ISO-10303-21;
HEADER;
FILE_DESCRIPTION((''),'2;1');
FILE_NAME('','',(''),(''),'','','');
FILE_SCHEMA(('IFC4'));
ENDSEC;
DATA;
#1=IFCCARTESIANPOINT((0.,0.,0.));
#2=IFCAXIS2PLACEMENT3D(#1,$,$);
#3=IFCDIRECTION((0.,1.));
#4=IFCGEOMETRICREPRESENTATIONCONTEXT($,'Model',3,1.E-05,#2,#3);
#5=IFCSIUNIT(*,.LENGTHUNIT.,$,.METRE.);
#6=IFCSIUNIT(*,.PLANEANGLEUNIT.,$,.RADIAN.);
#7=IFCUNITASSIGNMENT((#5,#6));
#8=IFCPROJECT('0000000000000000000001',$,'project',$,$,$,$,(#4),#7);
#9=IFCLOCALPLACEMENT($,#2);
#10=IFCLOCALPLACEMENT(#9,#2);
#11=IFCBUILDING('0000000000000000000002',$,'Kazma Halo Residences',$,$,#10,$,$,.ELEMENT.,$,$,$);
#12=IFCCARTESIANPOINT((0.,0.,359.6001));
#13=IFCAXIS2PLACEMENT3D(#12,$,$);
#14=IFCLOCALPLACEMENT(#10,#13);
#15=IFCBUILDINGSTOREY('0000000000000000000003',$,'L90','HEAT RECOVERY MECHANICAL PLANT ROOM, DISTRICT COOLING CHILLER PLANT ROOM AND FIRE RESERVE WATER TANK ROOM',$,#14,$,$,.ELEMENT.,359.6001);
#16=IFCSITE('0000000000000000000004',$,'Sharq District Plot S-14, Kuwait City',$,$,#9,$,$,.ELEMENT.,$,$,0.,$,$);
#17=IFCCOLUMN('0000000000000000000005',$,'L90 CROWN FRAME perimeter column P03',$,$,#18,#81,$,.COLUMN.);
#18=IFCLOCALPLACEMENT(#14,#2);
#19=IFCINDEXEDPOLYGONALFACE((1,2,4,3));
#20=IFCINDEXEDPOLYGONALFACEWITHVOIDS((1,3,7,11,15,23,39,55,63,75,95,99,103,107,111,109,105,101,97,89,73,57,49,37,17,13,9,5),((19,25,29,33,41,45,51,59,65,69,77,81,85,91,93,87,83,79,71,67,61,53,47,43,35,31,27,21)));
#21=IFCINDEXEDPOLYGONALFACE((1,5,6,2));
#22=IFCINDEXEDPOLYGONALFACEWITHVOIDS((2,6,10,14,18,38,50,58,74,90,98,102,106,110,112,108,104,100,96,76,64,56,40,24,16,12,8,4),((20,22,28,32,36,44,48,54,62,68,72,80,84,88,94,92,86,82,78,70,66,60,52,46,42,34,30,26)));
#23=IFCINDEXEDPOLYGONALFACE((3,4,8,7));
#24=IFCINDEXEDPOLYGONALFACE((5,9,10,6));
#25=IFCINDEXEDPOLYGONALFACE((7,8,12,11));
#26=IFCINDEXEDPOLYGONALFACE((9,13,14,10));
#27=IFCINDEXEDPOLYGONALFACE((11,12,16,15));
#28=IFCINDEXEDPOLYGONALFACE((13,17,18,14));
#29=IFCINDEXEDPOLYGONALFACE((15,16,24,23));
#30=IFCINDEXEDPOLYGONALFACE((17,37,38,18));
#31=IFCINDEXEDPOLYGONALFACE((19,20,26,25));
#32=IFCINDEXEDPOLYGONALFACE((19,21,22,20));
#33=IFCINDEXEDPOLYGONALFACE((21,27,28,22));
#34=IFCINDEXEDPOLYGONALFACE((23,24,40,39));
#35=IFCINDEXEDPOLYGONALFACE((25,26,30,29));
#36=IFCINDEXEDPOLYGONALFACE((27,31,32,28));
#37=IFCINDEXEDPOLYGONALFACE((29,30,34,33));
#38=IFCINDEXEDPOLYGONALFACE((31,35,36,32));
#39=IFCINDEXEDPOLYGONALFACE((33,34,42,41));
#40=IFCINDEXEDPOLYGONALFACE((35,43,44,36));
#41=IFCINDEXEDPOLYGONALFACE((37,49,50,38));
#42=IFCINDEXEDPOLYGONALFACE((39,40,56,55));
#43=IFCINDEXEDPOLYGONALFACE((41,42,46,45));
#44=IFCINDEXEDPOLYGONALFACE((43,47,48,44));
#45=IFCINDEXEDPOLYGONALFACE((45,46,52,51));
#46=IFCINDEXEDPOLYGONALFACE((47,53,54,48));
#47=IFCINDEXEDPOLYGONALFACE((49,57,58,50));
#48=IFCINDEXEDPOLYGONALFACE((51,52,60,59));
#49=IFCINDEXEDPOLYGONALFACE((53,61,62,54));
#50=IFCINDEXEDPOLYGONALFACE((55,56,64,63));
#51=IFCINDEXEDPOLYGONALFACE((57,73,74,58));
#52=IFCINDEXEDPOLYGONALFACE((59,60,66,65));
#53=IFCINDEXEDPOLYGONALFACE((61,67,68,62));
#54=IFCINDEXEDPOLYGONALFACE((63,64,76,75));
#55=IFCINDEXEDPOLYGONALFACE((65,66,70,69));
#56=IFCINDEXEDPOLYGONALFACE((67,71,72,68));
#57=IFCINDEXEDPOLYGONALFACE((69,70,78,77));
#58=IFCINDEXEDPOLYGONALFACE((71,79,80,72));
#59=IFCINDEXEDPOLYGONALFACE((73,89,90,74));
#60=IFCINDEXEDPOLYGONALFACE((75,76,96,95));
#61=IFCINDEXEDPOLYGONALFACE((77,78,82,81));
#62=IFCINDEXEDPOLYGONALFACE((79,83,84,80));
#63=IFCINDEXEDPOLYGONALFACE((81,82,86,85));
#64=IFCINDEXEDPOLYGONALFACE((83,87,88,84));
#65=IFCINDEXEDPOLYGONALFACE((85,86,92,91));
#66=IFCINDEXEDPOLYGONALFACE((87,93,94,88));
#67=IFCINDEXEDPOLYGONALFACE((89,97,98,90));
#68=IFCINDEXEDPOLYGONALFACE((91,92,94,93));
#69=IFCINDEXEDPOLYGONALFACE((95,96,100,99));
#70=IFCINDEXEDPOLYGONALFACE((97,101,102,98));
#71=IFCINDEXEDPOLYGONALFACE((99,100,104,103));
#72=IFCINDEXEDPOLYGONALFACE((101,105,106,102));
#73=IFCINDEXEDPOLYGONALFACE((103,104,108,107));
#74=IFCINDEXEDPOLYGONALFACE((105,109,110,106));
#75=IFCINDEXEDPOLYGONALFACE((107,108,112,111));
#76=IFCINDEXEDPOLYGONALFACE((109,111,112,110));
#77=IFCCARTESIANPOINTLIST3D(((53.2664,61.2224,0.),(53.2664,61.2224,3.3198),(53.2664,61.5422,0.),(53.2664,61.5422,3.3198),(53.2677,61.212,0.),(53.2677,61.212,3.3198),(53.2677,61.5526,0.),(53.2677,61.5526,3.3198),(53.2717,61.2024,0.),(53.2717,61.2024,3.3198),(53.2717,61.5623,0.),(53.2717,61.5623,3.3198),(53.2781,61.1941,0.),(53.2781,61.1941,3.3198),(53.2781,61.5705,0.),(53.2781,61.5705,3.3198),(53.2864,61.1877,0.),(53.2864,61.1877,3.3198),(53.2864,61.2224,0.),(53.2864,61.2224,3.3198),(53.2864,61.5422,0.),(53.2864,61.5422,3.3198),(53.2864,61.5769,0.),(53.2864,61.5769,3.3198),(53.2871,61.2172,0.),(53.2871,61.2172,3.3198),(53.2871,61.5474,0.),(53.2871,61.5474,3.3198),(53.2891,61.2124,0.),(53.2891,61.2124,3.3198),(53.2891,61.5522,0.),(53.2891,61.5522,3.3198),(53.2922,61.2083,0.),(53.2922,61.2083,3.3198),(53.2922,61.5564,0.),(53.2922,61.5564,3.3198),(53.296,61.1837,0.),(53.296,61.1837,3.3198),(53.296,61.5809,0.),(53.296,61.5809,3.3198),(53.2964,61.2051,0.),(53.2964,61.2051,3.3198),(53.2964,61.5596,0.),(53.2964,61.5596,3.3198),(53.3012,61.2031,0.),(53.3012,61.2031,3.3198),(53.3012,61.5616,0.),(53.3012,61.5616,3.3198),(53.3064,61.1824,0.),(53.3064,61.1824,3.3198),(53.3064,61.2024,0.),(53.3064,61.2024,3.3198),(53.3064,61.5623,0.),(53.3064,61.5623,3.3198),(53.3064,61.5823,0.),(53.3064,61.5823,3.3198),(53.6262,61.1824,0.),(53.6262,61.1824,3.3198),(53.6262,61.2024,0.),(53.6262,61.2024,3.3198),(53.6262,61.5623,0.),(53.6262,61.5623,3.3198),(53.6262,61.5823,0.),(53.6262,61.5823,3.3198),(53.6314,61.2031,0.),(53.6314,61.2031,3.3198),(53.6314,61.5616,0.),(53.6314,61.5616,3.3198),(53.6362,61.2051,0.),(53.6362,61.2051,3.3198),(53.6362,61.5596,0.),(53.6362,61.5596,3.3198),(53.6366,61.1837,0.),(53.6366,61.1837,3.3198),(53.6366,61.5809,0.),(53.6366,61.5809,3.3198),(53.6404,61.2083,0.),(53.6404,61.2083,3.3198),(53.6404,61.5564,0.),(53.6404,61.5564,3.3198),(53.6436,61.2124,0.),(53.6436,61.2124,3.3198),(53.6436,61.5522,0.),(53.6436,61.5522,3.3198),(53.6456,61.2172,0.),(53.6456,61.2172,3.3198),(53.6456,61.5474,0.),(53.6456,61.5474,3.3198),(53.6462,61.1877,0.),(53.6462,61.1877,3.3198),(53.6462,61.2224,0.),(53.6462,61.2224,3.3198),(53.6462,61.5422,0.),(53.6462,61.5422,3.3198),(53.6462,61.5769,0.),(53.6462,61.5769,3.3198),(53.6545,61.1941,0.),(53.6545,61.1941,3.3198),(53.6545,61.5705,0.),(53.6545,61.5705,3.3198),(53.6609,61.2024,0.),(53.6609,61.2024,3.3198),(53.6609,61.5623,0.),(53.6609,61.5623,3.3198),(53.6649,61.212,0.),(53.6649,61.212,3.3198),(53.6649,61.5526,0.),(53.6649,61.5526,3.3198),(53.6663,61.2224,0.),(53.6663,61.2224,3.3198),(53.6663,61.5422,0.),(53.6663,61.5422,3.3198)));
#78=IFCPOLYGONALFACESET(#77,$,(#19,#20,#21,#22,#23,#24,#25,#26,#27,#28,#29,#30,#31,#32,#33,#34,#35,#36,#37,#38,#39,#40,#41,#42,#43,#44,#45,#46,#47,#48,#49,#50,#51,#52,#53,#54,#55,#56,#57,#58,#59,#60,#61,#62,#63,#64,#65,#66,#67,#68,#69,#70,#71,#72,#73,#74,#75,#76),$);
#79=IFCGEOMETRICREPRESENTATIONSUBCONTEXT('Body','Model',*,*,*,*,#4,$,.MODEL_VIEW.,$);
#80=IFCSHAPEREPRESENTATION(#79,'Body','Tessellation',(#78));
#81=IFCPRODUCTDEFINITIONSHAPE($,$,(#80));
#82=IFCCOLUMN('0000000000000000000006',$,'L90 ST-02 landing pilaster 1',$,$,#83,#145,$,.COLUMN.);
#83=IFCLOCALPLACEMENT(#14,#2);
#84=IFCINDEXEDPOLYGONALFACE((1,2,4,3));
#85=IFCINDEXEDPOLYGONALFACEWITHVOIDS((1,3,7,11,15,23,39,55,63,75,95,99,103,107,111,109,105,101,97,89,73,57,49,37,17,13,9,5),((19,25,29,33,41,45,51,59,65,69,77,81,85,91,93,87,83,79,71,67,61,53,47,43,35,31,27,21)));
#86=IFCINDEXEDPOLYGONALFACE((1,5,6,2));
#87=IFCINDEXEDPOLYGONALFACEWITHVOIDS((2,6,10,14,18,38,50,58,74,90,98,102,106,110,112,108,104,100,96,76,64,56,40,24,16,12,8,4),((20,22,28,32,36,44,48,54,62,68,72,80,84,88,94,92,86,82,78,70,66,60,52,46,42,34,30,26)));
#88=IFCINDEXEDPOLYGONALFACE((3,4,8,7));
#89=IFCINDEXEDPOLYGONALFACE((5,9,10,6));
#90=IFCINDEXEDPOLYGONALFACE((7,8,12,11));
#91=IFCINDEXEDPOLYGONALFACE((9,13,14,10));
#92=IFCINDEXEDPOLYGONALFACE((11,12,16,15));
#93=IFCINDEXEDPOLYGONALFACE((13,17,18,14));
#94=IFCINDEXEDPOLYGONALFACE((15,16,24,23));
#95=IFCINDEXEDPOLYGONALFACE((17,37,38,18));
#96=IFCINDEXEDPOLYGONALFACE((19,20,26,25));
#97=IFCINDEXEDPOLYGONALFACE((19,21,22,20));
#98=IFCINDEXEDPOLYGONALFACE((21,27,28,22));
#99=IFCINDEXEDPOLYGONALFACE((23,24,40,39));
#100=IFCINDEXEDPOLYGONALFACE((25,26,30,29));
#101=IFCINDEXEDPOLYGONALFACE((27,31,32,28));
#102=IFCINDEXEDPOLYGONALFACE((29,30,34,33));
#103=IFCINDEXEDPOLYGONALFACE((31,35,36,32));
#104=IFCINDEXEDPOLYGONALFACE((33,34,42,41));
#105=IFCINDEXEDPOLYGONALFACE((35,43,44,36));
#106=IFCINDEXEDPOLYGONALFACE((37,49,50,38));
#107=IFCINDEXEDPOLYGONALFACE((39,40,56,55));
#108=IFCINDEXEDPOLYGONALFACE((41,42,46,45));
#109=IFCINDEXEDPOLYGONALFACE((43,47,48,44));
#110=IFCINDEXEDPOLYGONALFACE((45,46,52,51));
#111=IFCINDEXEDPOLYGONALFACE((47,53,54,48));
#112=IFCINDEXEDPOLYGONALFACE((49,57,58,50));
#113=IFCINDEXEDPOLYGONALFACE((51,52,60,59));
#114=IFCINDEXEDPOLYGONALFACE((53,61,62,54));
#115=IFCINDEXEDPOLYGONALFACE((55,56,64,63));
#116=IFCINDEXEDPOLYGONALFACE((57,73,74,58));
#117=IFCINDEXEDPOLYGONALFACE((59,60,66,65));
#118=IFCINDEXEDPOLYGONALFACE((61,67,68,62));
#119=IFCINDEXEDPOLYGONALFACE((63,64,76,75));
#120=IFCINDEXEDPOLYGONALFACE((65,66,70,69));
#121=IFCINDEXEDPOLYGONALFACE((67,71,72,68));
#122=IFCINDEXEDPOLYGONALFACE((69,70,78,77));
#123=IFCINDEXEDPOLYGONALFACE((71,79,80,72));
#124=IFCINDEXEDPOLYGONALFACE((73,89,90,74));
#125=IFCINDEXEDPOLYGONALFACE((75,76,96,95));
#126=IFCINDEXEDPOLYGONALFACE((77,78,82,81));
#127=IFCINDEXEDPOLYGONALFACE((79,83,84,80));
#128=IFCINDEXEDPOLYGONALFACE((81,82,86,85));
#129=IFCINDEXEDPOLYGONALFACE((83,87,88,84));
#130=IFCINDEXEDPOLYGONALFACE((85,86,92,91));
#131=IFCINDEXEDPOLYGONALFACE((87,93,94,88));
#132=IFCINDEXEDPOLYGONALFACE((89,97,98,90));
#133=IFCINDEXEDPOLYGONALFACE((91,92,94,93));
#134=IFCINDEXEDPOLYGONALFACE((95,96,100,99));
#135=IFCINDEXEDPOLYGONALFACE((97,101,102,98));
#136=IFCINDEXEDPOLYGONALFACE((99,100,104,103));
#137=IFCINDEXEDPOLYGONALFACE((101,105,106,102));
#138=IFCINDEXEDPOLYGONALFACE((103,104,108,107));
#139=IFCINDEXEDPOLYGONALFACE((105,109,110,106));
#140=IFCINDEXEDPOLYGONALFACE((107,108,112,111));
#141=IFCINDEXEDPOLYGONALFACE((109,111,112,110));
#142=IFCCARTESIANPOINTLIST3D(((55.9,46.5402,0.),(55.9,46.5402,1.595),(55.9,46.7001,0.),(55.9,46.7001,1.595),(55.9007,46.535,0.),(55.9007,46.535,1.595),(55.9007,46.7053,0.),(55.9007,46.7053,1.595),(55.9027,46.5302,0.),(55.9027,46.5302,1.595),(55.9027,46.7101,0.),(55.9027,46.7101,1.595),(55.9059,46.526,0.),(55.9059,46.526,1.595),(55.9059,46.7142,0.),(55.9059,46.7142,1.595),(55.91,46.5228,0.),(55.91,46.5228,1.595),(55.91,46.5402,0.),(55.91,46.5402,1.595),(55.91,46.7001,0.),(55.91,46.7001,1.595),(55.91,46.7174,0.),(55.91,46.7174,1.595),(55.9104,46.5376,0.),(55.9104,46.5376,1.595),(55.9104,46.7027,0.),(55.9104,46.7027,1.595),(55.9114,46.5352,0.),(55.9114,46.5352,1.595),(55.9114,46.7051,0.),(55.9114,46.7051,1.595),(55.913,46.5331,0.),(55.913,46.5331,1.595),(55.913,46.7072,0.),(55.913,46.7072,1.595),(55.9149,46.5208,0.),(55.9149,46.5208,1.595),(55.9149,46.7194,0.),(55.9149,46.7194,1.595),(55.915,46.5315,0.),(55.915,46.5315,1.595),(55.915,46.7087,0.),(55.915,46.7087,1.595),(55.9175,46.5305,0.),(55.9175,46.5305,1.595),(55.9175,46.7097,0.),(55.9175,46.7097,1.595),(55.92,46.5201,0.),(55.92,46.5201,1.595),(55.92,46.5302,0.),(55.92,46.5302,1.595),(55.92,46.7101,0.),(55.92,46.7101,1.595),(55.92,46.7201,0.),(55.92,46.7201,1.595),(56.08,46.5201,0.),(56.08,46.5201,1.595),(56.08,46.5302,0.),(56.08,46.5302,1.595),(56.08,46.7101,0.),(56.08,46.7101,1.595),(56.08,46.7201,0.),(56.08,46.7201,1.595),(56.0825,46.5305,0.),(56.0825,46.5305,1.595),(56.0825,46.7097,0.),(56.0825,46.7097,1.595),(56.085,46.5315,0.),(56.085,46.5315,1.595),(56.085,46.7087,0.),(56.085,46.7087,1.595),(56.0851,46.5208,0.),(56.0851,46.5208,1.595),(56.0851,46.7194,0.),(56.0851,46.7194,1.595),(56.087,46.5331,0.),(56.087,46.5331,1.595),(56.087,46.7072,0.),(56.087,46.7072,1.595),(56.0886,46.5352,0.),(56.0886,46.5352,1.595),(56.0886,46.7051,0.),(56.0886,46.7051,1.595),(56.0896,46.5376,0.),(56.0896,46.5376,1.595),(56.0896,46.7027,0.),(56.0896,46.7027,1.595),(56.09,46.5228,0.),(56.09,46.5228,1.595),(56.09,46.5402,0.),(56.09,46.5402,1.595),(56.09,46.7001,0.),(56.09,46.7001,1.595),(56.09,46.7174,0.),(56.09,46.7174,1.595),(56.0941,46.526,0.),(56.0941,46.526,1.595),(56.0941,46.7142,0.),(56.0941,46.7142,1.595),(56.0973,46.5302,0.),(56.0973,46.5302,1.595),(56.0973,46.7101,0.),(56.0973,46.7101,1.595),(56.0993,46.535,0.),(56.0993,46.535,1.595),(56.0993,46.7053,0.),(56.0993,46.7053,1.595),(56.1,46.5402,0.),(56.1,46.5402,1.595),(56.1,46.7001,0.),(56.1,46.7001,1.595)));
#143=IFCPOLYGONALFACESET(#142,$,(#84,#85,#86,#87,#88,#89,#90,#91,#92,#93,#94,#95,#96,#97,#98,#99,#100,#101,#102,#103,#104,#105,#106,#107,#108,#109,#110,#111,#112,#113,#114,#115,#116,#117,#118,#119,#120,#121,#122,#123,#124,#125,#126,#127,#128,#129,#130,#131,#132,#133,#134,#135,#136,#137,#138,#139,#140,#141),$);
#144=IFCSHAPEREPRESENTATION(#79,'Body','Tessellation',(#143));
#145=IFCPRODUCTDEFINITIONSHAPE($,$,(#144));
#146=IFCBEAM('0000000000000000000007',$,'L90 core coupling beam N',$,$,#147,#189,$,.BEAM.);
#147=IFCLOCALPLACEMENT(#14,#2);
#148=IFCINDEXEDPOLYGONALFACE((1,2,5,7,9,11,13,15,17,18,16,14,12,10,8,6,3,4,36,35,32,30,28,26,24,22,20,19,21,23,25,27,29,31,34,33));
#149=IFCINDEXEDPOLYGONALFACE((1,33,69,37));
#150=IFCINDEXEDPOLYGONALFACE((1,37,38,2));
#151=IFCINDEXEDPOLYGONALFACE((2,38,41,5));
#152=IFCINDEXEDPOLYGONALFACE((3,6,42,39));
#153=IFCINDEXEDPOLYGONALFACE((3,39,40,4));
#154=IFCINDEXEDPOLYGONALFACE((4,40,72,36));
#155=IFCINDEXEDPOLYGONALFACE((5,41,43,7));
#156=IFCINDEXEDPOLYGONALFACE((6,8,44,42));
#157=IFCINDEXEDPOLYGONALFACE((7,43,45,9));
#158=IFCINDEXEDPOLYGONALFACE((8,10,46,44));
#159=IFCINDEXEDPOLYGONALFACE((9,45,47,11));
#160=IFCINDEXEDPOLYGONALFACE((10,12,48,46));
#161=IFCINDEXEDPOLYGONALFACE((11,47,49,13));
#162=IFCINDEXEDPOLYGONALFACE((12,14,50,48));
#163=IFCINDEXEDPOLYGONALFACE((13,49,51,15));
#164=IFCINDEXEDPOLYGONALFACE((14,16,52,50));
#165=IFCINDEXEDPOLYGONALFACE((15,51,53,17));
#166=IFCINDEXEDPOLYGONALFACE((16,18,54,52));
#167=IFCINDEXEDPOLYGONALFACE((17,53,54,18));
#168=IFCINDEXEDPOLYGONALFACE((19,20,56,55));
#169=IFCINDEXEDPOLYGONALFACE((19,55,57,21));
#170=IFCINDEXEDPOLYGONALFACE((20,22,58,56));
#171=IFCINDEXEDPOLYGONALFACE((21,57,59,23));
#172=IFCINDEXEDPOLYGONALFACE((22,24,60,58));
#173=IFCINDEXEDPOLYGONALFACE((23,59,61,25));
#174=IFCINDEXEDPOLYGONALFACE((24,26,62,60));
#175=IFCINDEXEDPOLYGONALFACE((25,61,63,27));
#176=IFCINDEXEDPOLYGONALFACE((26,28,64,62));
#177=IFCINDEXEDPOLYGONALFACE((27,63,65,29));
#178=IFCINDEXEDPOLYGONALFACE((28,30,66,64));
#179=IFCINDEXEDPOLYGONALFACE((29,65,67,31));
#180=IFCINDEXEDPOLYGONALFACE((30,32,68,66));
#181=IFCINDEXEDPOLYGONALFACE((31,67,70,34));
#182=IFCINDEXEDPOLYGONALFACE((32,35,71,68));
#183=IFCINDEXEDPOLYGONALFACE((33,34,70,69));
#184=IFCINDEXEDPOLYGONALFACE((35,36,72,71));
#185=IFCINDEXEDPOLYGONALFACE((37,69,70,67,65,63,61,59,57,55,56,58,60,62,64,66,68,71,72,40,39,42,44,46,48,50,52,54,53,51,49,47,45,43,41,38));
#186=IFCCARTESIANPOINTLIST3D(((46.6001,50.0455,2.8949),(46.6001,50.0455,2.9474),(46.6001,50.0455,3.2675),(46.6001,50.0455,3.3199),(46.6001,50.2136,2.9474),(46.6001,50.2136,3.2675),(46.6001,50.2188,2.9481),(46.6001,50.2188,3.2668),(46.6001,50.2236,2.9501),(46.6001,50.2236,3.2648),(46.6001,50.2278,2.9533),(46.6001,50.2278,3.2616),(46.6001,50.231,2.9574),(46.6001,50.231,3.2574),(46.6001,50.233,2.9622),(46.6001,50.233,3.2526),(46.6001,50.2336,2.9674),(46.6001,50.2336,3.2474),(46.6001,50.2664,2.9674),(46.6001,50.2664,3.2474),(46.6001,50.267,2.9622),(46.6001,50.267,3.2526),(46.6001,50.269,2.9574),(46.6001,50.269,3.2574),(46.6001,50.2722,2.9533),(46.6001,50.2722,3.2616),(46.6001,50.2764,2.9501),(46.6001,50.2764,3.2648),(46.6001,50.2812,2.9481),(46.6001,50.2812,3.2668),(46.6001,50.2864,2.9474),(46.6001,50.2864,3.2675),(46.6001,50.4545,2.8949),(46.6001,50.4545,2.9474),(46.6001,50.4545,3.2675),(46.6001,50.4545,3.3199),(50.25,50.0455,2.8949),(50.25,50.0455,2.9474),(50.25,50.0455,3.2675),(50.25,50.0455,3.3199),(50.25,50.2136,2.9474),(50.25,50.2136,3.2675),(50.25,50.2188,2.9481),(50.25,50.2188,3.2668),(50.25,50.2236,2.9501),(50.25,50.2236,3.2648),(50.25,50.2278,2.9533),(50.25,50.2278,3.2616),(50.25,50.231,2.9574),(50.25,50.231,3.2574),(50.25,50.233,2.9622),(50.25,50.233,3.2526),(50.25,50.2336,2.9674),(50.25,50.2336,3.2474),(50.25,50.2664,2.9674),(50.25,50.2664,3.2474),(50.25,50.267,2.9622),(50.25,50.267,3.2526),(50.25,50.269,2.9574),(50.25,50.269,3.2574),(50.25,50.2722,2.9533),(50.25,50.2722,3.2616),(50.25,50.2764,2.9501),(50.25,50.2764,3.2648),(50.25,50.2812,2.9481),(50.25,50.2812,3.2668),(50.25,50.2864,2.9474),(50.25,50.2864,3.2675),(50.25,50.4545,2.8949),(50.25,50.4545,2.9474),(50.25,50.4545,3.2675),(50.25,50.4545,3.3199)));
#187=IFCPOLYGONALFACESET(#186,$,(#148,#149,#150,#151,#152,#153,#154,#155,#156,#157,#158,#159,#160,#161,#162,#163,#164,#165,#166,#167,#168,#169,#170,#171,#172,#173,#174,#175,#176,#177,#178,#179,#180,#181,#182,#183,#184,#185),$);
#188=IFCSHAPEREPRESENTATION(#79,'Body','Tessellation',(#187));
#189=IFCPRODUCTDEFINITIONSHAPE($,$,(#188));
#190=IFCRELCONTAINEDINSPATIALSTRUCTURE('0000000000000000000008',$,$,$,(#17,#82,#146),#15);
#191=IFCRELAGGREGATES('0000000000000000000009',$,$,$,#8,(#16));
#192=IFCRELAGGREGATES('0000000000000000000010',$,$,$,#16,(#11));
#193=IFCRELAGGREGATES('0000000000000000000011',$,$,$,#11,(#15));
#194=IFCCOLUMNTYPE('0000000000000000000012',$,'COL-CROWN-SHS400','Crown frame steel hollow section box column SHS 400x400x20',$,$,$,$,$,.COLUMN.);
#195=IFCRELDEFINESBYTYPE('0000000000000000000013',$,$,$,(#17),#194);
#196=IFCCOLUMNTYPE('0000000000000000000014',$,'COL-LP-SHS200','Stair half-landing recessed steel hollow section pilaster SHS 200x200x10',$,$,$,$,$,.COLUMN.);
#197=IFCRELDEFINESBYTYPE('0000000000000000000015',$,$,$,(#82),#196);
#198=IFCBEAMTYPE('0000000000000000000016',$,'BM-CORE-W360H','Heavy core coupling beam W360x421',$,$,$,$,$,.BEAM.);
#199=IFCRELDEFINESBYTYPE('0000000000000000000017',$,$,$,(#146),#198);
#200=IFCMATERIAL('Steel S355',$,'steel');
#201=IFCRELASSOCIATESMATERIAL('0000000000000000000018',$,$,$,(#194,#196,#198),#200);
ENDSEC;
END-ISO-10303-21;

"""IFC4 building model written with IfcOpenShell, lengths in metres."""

from ifc_helpers import new_model, si_unit, direction, frame, origin, origin_2d, place, context, subcontext, project, spatial, hollow_rectangle, i_section, extrude, material, material_profile, profile_set, type_object, element, save


model = new_model("IFC4")

# Units and contexts
model_context = context("Model", 3, precision=1e-05, world=origin(), true_north=direction((0.0, 1.0)))
body_context = subcontext(model_context, "Body", "Model", "MODEL_VIEW")
ifc_project = project(units=[si_unit("LENGTHUNIT", "METRE"), si_unit("PLANEANGLEUNIT", "RADIAN")], contexts=[model_context])

# Site, building, storey
site_placement = place(None, origin())
site = spatial("IfcSite", under=ifc_project, at=site_placement, Name="Sharq District Plot S-14, Kuwait City", CompositionType="ELEMENT", RefElevation=0.0)
building_placement = place(site_placement, origin())
building = spatial("IfcBuilding", under=site, at=building_placement, Name="Kazma Halo Residences", CompositionType="ELEMENT")
storey_placement = place(building_placement, frame((0.0, 0.0, 359.6001)))
storey = spatial("IfcBuildingStorey", under=building, at=storey_placement, Name="L90", Description="HEAT RECOVERY MECHANICAL PLANT ROOM, DISTRICT COOLING CHILLER PLANT ROOM AND FIRE RESERVE WATER TANK ROOM", CompositionType="ELEMENT", Elevation=359.6001)

# Columns
ifc_material_1 = material(Name="Steel S355", Category="steel")
ifc_material_profile_1 = material_profile(ifc_material_1, hollow_rectangle(XDim=0.3999, YDim=0.3999, WallThickness=0.02, InnerFilletRadius=0.02, OuterFilletRadius=0.04, at=origin_2d()), Name="SHS400x400x20")
ifc_profile_set_1 = profile_set([ifc_material_profile_1], Name="Steel S355")
column_type_1 = type_object("IfcColumnType", Name="COL-CROWN-SHS400", Description="Crown frame steel hollow section box column SHS 400x400x20", PredefinedType="COLUMN", material=ifc_profile_set_1)
column_1_placement = place(storey_placement, frame((53.4663, 61.3823, 0.0), z_axis=(0.0, 0.0, 1.0), x_axis=(1.0, 0.0, 0.0)))
element("IfcColumn", 1, at=column_1_placement, inside=storey, type_object=column_type_1, Name="L90 CROWN FRAME perimeter column P03", PredefinedType="COLUMN", context=body_context, shape_type="SweptSolid", body=[
    extrude(hollow_rectangle(XDim=0.3999, YDim=0.3999, WallThickness=0.02, InnerFilletRadius=0.02, OuterFilletRadius=0.04, at=origin_2d()), origin(), (0.0, 0.0, 1.0), 3.3198),
])
ifc_material_profile_2 = material_profile(ifc_material_1, hollow_rectangle(XDim=0.2, YDim=0.2, WallThickness=0.01, InnerFilletRadius=0.01, OuterFilletRadius=0.02, at=origin_2d()), Name="SHS200x200x10")
ifc_profile_set_2 = profile_set([ifc_material_profile_2], Name="Steel S355")
column_type_2 = type_object("IfcColumnType", Name="COL-LP-SHS200", Description="Stair half-landing recessed steel hollow section pilaster SHS 200x200x10", PredefinedType="COLUMN", material=ifc_profile_set_2)
column_2_placement = place(storey_placement, frame((56.0, 46.6201, 0.0), z_axis=(0.0, 0.0, 1.0), x_axis=(1.0, 0.0, 0.0)))
element("IfcColumn", 2, at=column_2_placement, inside=storey, type_object=column_type_2, Name="L90 ST-02 landing pilaster 1", PredefinedType="COLUMN", context=body_context, shape_type="SweptSolid", body=[
    extrude(hollow_rectangle(XDim=0.2, YDim=0.2, WallThickness=0.01, InnerFilletRadius=0.01, OuterFilletRadius=0.02, at=origin_2d()), origin(), (0.0, 0.0, 1.0), 1.595),
])

# Beam
ifc_material_profile_3 = material_profile(ifc_material_1, i_section(OverallWidth=0.4089, OverallDepth=0.425, WebThickness=0.0327, FlangeThickness=0.0525, FilletRadius=0.02, at=origin_2d()), Name="W360x421")
ifc_profile_set_3 = profile_set([ifc_material_profile_3], Name="Steel S355")
beam_type_1 = type_object("IfcBeamType", Name="BM-CORE-W360H", Description="Heavy core coupling beam W360x421", PredefinedType="BEAM", material=ifc_profile_set_3)
beam_1_placement = place(storey_placement, frame((46.6001, 50.25, 3.1074), z_axis=(1.0, 0.0, 0.0), x_axis=(0.0, 1.0, 0.0)))
element("IfcBeam", 3, at=beam_1_placement, inside=storey, type_object=beam_type_1, Name="L90 core coupling beam N", PredefinedType="BEAM", context=body_context, shape_type="SweptSolid", body=[
    extrude(i_section(OverallWidth=0.4089, OverallDepth=0.425, WebThickness=0.0327, FlangeThickness=0.0525, FilletRadius=0.02, at=origin_2d()), origin(), (0.0, 0.0, 1.0), 3.6499),
])

save(model, "model.ifc")
